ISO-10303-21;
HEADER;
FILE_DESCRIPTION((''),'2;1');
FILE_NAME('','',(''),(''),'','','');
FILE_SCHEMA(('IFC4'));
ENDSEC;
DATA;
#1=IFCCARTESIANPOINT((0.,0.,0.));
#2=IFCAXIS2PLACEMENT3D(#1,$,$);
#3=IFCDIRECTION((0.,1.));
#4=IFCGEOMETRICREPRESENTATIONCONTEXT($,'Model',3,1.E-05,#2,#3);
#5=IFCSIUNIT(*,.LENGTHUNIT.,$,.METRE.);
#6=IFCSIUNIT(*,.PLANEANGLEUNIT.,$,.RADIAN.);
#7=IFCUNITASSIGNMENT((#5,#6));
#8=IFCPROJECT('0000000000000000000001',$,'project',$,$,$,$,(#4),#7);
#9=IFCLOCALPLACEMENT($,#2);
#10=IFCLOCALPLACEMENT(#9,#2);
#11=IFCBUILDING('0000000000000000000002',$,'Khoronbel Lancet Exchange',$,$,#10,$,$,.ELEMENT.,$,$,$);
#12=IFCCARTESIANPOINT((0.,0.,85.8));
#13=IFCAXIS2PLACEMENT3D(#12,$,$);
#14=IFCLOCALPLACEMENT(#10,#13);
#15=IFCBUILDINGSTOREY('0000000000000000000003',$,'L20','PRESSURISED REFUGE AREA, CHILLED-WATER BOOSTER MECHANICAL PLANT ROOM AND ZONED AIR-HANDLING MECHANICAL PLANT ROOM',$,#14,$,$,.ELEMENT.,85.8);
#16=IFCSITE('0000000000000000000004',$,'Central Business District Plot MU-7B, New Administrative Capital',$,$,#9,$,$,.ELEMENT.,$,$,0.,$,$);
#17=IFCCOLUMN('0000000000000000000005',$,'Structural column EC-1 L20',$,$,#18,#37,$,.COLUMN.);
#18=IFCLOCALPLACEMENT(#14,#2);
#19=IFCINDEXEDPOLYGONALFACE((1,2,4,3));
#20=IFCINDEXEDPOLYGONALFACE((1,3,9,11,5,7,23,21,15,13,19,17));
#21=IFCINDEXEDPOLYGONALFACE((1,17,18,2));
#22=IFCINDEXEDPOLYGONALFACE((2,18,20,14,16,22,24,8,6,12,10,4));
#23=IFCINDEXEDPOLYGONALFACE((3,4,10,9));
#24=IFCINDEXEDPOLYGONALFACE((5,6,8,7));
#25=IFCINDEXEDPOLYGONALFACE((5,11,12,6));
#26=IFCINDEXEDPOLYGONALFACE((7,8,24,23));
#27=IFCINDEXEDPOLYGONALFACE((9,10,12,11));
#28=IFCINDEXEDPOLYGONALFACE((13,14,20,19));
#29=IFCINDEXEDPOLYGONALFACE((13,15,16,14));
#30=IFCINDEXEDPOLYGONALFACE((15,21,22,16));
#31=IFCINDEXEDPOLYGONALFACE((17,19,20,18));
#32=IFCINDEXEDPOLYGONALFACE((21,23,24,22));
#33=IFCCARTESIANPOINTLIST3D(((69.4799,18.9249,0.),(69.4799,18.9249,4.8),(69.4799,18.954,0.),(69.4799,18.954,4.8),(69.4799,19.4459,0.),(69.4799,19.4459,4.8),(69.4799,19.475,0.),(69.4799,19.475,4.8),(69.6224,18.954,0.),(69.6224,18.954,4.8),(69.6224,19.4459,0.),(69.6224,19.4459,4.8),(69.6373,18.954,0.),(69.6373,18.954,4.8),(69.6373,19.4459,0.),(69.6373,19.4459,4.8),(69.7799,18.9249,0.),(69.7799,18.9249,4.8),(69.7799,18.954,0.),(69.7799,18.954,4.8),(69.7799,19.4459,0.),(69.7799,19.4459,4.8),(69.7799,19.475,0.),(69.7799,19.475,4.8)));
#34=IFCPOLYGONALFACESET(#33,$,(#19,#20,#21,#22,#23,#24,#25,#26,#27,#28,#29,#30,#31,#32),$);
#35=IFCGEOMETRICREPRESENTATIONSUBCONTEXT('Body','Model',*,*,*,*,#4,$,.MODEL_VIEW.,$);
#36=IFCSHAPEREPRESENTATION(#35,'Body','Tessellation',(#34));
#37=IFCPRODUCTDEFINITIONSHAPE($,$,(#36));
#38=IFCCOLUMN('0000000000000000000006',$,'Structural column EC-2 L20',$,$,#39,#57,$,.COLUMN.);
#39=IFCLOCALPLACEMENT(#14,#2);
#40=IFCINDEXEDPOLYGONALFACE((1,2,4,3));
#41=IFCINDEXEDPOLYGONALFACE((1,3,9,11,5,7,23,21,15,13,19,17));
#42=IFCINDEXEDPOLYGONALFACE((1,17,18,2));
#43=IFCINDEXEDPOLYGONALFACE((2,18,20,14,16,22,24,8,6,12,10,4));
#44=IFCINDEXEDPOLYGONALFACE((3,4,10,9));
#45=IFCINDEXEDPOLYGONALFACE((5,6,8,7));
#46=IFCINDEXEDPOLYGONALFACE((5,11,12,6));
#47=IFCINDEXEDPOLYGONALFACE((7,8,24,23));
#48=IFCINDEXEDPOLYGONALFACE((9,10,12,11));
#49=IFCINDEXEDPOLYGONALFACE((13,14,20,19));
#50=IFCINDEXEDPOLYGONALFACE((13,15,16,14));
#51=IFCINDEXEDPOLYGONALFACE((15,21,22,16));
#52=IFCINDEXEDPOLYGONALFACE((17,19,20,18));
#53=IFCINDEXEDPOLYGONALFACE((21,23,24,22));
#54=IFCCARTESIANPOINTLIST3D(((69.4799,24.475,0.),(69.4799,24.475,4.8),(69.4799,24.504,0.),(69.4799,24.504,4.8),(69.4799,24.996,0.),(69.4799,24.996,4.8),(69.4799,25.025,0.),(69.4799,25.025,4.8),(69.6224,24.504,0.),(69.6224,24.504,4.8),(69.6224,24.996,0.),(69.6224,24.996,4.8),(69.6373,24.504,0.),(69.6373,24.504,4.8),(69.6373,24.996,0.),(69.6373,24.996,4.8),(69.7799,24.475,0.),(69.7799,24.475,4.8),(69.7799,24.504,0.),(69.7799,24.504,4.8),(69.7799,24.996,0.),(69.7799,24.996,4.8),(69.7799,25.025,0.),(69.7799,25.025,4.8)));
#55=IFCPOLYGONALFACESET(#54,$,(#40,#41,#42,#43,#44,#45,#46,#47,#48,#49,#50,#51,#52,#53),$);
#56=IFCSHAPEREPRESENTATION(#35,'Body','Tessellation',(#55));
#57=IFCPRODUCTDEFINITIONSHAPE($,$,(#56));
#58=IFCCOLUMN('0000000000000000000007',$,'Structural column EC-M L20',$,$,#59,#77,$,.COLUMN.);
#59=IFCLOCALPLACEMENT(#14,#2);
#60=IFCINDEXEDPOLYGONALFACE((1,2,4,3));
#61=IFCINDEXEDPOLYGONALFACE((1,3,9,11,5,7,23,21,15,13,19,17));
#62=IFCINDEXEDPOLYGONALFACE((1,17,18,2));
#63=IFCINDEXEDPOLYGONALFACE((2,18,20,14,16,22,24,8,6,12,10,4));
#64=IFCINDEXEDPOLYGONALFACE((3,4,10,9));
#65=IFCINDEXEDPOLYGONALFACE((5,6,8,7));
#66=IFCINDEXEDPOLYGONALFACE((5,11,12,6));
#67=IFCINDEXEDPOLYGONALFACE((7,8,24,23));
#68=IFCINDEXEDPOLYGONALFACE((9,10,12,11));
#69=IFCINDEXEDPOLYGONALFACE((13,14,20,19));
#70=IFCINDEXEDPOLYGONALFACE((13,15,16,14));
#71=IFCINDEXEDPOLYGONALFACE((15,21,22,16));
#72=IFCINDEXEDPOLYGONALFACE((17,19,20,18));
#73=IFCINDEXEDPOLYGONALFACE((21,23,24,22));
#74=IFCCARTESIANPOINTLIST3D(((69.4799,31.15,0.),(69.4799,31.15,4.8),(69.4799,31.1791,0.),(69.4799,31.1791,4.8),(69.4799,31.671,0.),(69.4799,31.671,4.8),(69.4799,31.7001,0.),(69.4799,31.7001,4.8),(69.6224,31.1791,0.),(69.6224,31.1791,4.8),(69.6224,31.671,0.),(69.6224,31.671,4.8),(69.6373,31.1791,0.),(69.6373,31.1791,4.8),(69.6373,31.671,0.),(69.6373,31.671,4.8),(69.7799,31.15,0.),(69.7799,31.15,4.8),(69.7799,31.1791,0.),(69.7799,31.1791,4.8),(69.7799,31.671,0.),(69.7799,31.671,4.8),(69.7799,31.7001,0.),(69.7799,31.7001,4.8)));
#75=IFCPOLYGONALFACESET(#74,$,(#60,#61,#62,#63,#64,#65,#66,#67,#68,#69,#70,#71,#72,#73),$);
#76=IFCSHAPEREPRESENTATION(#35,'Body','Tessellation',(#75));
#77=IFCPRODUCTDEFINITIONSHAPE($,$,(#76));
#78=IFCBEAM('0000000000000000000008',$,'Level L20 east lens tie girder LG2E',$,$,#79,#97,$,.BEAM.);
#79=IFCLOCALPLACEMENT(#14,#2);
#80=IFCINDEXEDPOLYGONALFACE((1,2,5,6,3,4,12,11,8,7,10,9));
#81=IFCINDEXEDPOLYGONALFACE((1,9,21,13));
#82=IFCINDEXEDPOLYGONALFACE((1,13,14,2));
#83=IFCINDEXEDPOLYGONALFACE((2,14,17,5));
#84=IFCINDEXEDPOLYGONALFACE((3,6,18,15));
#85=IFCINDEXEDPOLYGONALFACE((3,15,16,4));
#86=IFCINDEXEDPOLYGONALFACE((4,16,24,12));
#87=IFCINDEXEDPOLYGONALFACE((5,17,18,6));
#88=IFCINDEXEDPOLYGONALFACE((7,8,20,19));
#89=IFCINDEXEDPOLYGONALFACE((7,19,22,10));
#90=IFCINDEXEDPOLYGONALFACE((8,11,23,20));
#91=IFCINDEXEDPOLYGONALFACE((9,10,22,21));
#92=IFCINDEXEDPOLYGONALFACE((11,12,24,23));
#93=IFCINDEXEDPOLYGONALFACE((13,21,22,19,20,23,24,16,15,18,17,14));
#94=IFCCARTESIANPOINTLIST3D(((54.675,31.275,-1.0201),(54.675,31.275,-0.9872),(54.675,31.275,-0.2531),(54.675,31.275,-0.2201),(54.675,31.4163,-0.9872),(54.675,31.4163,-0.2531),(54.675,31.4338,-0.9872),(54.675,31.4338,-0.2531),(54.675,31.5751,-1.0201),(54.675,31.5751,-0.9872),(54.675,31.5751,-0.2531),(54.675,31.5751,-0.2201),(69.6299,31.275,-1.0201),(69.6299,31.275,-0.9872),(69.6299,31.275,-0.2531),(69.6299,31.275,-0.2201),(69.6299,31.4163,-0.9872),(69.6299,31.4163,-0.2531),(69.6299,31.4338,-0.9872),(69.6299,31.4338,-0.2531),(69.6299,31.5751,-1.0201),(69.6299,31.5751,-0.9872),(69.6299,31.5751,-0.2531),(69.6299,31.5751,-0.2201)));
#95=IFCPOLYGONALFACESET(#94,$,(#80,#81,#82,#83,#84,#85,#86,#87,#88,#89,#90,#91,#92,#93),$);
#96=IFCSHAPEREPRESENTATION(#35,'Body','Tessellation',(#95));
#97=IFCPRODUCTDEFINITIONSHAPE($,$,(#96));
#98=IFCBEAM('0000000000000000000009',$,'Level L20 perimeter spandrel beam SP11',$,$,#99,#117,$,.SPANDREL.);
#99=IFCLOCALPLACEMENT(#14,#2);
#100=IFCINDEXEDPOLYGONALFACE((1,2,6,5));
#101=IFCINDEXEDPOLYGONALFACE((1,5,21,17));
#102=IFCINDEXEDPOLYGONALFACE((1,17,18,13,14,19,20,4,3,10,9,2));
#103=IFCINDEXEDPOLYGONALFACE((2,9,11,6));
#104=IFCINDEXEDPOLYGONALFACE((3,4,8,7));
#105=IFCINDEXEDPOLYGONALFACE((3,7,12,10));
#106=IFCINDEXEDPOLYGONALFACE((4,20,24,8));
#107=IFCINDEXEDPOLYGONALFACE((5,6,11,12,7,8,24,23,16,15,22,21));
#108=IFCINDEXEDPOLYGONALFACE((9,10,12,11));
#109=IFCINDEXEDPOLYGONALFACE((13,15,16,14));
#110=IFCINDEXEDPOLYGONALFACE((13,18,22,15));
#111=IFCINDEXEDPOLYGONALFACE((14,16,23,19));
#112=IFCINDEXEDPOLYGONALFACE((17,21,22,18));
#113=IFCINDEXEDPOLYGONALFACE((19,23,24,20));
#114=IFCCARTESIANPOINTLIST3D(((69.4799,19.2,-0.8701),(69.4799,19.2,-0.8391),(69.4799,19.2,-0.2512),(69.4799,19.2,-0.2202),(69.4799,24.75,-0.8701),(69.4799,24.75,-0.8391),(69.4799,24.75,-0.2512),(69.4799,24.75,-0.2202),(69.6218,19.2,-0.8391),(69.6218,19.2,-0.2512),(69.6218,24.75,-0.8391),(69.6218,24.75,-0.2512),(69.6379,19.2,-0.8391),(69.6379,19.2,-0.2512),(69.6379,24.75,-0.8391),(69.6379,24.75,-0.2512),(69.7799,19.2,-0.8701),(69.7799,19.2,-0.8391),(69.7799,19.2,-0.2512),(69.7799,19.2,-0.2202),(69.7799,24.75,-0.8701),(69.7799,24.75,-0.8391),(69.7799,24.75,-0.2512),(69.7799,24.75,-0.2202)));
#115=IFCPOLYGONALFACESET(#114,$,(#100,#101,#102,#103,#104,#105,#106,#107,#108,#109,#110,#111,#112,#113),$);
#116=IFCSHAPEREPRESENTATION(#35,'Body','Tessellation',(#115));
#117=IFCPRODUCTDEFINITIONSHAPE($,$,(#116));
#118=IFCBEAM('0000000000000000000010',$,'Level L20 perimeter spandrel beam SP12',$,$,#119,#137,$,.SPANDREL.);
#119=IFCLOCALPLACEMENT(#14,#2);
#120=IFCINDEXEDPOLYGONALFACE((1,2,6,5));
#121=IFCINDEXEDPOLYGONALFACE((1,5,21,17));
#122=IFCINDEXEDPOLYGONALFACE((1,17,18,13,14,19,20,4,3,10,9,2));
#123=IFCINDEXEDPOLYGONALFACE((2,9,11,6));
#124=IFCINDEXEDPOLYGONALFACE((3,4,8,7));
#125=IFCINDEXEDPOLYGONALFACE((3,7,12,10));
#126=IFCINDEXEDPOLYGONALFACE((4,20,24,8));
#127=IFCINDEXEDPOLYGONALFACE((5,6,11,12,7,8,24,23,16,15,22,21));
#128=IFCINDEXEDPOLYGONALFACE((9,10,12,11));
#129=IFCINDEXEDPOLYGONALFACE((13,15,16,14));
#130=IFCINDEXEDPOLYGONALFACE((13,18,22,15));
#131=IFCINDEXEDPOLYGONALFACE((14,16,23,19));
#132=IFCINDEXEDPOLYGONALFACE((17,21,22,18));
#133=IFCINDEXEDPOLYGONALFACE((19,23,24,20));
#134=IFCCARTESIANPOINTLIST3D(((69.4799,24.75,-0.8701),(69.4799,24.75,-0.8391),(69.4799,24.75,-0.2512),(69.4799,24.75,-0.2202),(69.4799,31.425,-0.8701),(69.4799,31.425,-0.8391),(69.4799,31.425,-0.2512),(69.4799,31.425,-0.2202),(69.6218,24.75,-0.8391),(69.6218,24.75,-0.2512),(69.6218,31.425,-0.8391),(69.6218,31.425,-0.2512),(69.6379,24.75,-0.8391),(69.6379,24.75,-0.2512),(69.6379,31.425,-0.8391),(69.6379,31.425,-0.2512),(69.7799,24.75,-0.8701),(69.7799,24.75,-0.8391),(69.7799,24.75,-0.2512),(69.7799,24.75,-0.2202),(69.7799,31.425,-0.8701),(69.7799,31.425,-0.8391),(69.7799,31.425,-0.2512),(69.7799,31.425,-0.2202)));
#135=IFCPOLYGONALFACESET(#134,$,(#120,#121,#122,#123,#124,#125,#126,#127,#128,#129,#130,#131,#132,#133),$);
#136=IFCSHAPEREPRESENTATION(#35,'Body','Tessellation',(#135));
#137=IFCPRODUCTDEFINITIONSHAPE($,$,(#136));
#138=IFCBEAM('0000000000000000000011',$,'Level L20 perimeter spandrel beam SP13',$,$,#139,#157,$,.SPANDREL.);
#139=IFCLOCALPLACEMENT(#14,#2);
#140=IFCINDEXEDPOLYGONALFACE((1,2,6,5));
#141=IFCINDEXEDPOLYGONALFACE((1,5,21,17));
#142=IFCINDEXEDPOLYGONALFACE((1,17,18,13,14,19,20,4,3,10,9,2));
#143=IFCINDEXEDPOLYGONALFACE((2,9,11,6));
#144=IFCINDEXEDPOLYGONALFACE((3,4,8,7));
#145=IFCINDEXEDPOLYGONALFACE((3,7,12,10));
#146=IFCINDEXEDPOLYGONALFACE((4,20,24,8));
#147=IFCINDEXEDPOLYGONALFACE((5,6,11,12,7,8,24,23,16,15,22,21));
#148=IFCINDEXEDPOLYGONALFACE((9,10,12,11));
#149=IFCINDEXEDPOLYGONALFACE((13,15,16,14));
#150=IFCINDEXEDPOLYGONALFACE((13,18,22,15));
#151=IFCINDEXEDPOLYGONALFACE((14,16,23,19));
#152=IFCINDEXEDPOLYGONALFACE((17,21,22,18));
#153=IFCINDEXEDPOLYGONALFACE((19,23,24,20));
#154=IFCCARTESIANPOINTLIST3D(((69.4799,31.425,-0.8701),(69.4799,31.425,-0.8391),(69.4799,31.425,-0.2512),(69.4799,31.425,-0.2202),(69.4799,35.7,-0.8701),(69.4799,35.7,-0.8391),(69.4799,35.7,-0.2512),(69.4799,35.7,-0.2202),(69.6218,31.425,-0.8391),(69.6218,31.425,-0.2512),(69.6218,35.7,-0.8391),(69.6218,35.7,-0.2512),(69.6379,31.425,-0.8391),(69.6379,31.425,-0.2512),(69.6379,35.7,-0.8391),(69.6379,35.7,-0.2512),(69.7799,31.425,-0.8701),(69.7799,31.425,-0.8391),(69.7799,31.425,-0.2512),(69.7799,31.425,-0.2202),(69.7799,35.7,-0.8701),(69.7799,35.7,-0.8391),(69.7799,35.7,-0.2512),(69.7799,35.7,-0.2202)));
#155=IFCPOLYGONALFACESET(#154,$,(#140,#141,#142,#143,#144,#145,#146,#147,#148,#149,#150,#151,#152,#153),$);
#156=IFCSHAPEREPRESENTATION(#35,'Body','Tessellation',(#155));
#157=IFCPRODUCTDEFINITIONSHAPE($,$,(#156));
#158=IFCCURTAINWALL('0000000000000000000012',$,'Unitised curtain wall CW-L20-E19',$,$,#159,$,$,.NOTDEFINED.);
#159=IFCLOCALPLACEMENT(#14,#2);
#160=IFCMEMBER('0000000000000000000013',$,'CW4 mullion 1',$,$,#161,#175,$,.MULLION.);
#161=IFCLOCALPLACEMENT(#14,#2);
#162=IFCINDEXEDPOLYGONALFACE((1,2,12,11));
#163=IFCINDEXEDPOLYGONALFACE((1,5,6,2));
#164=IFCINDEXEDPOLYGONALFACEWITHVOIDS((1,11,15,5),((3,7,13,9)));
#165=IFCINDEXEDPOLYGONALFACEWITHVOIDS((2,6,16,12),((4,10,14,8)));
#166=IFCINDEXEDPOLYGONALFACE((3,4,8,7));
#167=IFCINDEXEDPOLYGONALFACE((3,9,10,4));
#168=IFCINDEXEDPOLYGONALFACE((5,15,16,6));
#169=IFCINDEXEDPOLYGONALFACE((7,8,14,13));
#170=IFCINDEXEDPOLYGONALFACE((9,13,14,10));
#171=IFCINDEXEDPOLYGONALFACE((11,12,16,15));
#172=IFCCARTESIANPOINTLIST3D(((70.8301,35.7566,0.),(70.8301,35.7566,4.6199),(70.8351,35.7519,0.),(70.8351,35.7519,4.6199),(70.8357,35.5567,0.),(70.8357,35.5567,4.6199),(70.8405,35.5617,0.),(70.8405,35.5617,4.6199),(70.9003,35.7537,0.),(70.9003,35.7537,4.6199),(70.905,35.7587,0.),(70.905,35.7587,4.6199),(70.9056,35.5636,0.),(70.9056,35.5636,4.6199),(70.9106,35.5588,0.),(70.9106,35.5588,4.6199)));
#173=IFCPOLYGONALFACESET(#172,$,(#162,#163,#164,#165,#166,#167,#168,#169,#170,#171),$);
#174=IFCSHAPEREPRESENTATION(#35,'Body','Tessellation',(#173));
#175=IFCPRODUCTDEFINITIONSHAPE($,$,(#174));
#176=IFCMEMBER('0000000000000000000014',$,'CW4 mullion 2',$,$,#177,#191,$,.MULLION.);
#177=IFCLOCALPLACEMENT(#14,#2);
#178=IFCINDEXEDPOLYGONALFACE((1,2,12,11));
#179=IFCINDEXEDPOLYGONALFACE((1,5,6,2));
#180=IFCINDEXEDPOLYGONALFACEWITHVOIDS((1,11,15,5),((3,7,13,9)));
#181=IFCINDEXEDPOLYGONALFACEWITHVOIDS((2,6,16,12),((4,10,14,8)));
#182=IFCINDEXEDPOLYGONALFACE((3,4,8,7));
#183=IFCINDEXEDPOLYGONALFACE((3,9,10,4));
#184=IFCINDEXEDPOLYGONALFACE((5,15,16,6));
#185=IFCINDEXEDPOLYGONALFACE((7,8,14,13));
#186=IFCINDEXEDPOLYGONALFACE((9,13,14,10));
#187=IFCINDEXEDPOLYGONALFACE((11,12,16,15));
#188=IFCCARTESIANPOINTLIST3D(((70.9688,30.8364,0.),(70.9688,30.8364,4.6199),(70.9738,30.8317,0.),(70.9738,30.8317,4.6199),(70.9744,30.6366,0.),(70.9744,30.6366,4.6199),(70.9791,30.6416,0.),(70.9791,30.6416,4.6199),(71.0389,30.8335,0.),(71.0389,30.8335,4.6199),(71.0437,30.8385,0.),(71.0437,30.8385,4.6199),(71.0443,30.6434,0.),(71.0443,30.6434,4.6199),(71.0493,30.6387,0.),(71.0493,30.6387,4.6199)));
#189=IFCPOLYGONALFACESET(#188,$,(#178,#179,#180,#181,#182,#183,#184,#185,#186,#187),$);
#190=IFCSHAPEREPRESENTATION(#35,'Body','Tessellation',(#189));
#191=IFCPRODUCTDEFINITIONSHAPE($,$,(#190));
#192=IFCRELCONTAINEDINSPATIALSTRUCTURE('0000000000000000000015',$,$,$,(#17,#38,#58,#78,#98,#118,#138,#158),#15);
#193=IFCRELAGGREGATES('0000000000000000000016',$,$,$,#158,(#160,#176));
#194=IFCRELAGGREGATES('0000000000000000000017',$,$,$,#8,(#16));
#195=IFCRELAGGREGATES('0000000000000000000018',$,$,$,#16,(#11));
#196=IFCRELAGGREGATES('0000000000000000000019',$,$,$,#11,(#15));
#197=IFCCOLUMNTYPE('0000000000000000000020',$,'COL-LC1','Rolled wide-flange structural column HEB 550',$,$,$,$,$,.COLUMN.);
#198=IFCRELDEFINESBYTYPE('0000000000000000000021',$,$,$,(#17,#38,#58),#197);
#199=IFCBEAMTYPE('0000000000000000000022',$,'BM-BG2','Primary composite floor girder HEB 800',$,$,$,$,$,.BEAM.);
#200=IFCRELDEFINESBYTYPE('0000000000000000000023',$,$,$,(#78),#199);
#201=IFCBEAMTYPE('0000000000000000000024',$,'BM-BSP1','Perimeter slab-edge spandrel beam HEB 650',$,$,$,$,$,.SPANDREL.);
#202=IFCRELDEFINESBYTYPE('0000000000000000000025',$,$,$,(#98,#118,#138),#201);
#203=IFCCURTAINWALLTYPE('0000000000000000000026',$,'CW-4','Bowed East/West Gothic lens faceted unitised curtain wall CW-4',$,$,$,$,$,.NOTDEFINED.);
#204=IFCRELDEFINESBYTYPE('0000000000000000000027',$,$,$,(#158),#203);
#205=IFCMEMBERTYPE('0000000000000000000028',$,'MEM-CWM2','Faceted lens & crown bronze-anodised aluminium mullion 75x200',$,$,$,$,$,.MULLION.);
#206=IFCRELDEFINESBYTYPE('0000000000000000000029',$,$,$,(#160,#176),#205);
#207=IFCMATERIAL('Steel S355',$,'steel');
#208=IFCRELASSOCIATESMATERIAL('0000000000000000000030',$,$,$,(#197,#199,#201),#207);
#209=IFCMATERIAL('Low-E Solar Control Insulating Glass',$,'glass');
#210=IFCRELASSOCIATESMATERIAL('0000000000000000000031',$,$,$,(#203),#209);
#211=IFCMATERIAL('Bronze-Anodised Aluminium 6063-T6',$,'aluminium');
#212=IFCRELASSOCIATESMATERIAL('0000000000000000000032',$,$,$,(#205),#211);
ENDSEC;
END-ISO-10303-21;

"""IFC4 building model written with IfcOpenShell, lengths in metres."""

from ifc_helpers import new_model, si_unit, direction, frame, origin, origin_2d, place, context, subcontext, project, spatial, hollow_rectangle, i_section, extrude, material, material_profile, profile_set, type_object, element, aggregate, save


model = new_model("IFC4")

# Units and contexts
model_context = context("Model", 3, precision=1e-05, world=origin(), true_north=direction((0.0, 1.0)))
body_context = subcontext(model_context, "Body", "Model", "MODEL_VIEW")
ifc_project = project(units=[si_unit("LENGTHUNIT", "METRE"), si_unit("PLANEANGLEUNIT", "RADIAN")], contexts=[model_context])

# Site, building, storey
site_placement = place(None, origin())
site = spatial("IfcSite", under=ifc_project, at=site_placement, Name="Central Business District Plot MU-7B, New Administrative Capital", CompositionType="ELEMENT", RefElevation=0.0)
building_placement = place(site_placement, origin())
building = spatial("IfcBuilding", under=site, at=building_placement, Name="Khoronbel Lancet Exchange", CompositionType="ELEMENT")
storey_placement = place(building_placement, frame((0.0, 0.0, 85.8)))
storey = spatial("IfcBuildingStorey", under=building, at=storey_placement, Name="L20", Description="PRESSURISED REFUGE AREA, CHILLED-WATER BOOSTER MECHANICAL PLANT ROOM AND ZONED AIR-HANDLING MECHANICAL PLANT ROOM", CompositionType="ELEMENT", Elevation=85.8)

# Columns
ifc_material_1 = material(Name="Steel S355", Category="steel")
ifc_material_profile_1 = material_profile(ifc_material_1, i_section(OverallWidth=0.3, OverallDepth=0.55, WebThickness=0.0149, FlangeThickness=0.0291, at=origin_2d()), Name="HEB 550")
ifc_profile_set_1 = profile_set([ifc_material_profile_1], Name="Steel S355")
column_type = type_object("IfcColumnType", Name="COL-LC1", Description="Rolled wide-flange structural column HEB 550", PredefinedType="COLUMN", material=ifc_profile_set_1)
for number, where, z_axis, x_axis, name in (
    (1, (69.6299, 19.2, 0.0), (0.0, 0.0, 1.0), (1.0, 0.0, 0.0), "Structural column EC-1 L20"),
    (2, (69.6299, 24.75, 0.0), (0.0, 0.0, 1.0), (1.0, 0.0, 0.0), "Structural column EC-2 L20"),
    (3, (69.6299, 31.425, 0.0), (0.0, 0.0, 1.0), (1.0, 0.0, 0.0), "Structural column EC-M L20"),
):
    element("IfcColumn", number, at=place(storey_placement, frame(where, z_axis=z_axis, x_axis=x_axis)), inside=storey, type_object=column_type, Name=name, PredefinedType="COLUMN", context=body_context, shape_type="SweptSolid", body=[
        extrude(i_section(OverallWidth=0.3, OverallDepth=0.55, WebThickness=0.0149, FlangeThickness=0.0291, at=origin_2d()), origin(), (0.0, 0.0, 1.0), 4.8),
    ])

# Beams
ifc_material_profile_2 = material_profile(ifc_material_1, i_section(OverallWidth=0.3, OverallDepth=0.8, WebThickness=0.0176, FlangeThickness=0.033, at=origin_2d()), Name="HEB 800")
ifc_profile_set_2 = profile_set([ifc_material_profile_2], Name="Steel S355")
beam_type_1 = type_object("IfcBeamType", Name="BM-BG2", Description="Primary composite floor girder HEB 800", PredefinedType="BEAM", material=ifc_profile_set_2)
beam_1_placement = place(storey_placement, frame((54.675, 31.425, -0.6201), z_axis=(1.0, 0.0, 0.0), x_axis=(0.0, 1.0, 0.0)))
element("IfcBeam", 4, at=beam_1_placement, inside=storey, type_object=beam_type_1, Name="Level L20 east lens tie girder LG2E", PredefinedType="BEAM", context=body_context, shape_type="SweptSolid", body=[
    extrude(i_section(OverallWidth=0.3, OverallDepth=0.8, WebThickness=0.0176, FlangeThickness=0.033, at=origin_2d()), origin(), (0.0, 0.0, 1.0), 14.9548),
])
ifc_material_profile_3 = material_profile(ifc_material_1, i_section(OverallWidth=0.3, OverallDepth=0.6499, WebThickness=0.0161, FlangeThickness=0.031, at=origin_2d()), Name="HEB 650")
ifc_profile_set_3 = profile_set([ifc_material_profile_3], Name="Steel S355")
beam_type_2 = type_object("IfcBeamType", Name="BM-BSP1", Description="Perimeter slab-edge spandrel beam HEB 650", PredefinedType="SPANDREL", material=ifc_profile_set_3)
beam_2_placement = place(storey_placement, frame((69.6299, 19.2, -0.5452), z_axis=(0.0, 1.0, 0.0), x_axis=(-1.0, 0.0, 0.0)))
element("IfcBeam", 5, at=beam_2_placement, inside=storey, type_object=beam_type_2, Name="Level L20 perimeter spandrel beam SP11", PredefinedType="SPANDREL", context=body_context, shape_type="SweptSolid", body=[
    extrude(i_section(OverallWidth=0.3, OverallDepth=0.6499, WebThickness=0.0161, FlangeThickness=0.031, at=origin_2d()), origin(), (0.0, 0.0, 1.0), 5.55),
])
beam_3_placement = place(storey_placement, frame((69.6299, 24.75, -0.5452), z_axis=(0.0, 1.0, 0.0), x_axis=(-1.0, 0.0, 0.0)))
element("IfcBeam", 6, at=beam_3_placement, inside=storey, type_object=beam_type_2, Name="Level L20 perimeter spandrel beam SP12", PredefinedType="SPANDREL", context=body_context, shape_type="SweptSolid", body=[
    extrude(i_section(OverallWidth=0.3, OverallDepth=0.6499, WebThickness=0.0161, FlangeThickness=0.031, at=origin_2d()), origin(), (0.0, 0.0, 1.0), 6.675),
])
beam_4_placement = place(storey_placement, frame((69.6299, 31.425, -0.5452), z_axis=(0.0, 1.0, 0.0), x_axis=(-1.0, 0.0, 0.0)))
element("IfcBeam", 7, at=beam_4_placement, inside=storey, type_object=beam_type_2, Name="Level L20 perimeter spandrel beam SP13", PredefinedType="SPANDREL", context=body_context, shape_type="SweptSolid", body=[
    extrude(i_section(OverallWidth=0.3, OverallDepth=0.6499, WebThickness=0.0161, FlangeThickness=0.031, at=origin_2d()), origin(), (0.0, 0.0, 1.0), 4.2749),
])

# Curtain wall, members
ifc_material_2 = material(Name="Low-E Solar Control Insulating Glass", Category="glass")
curtain_wall_type = type_object("IfcCurtainWallType", Name="CW-4", Description="Bowed East/West Gothic lens faceted unitised curtain wall CW-4", PredefinedType="NOTDEFINED", material=ifc_material_2)
curtain_wall_1_placement = place(storey_placement, origin())
curtain_wall_1 = element("IfcCurtainWall", 8, at=curtain_wall_1_placement, inside=storey, type_object=curtain_wall_type, Name="Unitised curtain wall CW-L20-E19", PredefinedType="NOTDEFINED")
ifc_material_3 = material(Name="Bronze-Anodised Aluminium 6063-T6", Category="aluminium")
ifc_material_profile_4 = material_profile(ifc_material_3, hollow_rectangle(XDim=0.075, YDim=0.2, WallThickness=0.0049, at=origin_2d()), Name="ALU MULLION 75x200")
ifc_profile_set_4 = profile_set([ifc_material_profile_4], Name="Bronze-Anodised Aluminium 6063-T6")
member_type_1 = type_object("IfcMemberType", Name="MEM-CWM2", Description="Faceted lens & crown bronze-anodised aluminium mullion 75x200", PredefinedType="MULLION", material=ifc_profile_set_4)
member_1_placement = place(storey_placement, frame((70.8704, 35.6577, 0.0), z_axis=(0.0, 0.0, 1.0), x_axis=(0.999604, 0.028135, 0.0)))
member_1 = element("IfcMember", 9, at=member_1_placement, type_object=member_type_1, Name="CW4 mullion 1", PredefinedType="MULLION", context=body_context, shape_type="SweptSolid", body=[
    extrude(hollow_rectangle(XDim=0.075, YDim=0.2, WallThickness=0.0049, at=origin_2d()), origin(), (0.0, 0.0, 1.0), 4.6199),
])
member_2_placement = place(storey_placement, frame((71.009, 30.7375, 0.0), z_axis=(0.0, 0.0, 1.0), x_axis=(0.999604, 0.028135, 0.0)))
member_2 = element("IfcMember", 10, at=member_2_placement, type_object=member_type_1, Name="CW4 mullion 2", PredefinedType="MULLION", context=body_context, shape_type="SweptSolid", body=[
    extrude(hollow_rectangle(XDim=0.075, YDim=0.2, WallThickness=0.0049, at=origin_2d()), origin(), (0.0, 0.0, 1.0), 4.6199),
])

aggregate(curtain_wall_1, [member_1, member_2])

save(model, "model.ifc")
